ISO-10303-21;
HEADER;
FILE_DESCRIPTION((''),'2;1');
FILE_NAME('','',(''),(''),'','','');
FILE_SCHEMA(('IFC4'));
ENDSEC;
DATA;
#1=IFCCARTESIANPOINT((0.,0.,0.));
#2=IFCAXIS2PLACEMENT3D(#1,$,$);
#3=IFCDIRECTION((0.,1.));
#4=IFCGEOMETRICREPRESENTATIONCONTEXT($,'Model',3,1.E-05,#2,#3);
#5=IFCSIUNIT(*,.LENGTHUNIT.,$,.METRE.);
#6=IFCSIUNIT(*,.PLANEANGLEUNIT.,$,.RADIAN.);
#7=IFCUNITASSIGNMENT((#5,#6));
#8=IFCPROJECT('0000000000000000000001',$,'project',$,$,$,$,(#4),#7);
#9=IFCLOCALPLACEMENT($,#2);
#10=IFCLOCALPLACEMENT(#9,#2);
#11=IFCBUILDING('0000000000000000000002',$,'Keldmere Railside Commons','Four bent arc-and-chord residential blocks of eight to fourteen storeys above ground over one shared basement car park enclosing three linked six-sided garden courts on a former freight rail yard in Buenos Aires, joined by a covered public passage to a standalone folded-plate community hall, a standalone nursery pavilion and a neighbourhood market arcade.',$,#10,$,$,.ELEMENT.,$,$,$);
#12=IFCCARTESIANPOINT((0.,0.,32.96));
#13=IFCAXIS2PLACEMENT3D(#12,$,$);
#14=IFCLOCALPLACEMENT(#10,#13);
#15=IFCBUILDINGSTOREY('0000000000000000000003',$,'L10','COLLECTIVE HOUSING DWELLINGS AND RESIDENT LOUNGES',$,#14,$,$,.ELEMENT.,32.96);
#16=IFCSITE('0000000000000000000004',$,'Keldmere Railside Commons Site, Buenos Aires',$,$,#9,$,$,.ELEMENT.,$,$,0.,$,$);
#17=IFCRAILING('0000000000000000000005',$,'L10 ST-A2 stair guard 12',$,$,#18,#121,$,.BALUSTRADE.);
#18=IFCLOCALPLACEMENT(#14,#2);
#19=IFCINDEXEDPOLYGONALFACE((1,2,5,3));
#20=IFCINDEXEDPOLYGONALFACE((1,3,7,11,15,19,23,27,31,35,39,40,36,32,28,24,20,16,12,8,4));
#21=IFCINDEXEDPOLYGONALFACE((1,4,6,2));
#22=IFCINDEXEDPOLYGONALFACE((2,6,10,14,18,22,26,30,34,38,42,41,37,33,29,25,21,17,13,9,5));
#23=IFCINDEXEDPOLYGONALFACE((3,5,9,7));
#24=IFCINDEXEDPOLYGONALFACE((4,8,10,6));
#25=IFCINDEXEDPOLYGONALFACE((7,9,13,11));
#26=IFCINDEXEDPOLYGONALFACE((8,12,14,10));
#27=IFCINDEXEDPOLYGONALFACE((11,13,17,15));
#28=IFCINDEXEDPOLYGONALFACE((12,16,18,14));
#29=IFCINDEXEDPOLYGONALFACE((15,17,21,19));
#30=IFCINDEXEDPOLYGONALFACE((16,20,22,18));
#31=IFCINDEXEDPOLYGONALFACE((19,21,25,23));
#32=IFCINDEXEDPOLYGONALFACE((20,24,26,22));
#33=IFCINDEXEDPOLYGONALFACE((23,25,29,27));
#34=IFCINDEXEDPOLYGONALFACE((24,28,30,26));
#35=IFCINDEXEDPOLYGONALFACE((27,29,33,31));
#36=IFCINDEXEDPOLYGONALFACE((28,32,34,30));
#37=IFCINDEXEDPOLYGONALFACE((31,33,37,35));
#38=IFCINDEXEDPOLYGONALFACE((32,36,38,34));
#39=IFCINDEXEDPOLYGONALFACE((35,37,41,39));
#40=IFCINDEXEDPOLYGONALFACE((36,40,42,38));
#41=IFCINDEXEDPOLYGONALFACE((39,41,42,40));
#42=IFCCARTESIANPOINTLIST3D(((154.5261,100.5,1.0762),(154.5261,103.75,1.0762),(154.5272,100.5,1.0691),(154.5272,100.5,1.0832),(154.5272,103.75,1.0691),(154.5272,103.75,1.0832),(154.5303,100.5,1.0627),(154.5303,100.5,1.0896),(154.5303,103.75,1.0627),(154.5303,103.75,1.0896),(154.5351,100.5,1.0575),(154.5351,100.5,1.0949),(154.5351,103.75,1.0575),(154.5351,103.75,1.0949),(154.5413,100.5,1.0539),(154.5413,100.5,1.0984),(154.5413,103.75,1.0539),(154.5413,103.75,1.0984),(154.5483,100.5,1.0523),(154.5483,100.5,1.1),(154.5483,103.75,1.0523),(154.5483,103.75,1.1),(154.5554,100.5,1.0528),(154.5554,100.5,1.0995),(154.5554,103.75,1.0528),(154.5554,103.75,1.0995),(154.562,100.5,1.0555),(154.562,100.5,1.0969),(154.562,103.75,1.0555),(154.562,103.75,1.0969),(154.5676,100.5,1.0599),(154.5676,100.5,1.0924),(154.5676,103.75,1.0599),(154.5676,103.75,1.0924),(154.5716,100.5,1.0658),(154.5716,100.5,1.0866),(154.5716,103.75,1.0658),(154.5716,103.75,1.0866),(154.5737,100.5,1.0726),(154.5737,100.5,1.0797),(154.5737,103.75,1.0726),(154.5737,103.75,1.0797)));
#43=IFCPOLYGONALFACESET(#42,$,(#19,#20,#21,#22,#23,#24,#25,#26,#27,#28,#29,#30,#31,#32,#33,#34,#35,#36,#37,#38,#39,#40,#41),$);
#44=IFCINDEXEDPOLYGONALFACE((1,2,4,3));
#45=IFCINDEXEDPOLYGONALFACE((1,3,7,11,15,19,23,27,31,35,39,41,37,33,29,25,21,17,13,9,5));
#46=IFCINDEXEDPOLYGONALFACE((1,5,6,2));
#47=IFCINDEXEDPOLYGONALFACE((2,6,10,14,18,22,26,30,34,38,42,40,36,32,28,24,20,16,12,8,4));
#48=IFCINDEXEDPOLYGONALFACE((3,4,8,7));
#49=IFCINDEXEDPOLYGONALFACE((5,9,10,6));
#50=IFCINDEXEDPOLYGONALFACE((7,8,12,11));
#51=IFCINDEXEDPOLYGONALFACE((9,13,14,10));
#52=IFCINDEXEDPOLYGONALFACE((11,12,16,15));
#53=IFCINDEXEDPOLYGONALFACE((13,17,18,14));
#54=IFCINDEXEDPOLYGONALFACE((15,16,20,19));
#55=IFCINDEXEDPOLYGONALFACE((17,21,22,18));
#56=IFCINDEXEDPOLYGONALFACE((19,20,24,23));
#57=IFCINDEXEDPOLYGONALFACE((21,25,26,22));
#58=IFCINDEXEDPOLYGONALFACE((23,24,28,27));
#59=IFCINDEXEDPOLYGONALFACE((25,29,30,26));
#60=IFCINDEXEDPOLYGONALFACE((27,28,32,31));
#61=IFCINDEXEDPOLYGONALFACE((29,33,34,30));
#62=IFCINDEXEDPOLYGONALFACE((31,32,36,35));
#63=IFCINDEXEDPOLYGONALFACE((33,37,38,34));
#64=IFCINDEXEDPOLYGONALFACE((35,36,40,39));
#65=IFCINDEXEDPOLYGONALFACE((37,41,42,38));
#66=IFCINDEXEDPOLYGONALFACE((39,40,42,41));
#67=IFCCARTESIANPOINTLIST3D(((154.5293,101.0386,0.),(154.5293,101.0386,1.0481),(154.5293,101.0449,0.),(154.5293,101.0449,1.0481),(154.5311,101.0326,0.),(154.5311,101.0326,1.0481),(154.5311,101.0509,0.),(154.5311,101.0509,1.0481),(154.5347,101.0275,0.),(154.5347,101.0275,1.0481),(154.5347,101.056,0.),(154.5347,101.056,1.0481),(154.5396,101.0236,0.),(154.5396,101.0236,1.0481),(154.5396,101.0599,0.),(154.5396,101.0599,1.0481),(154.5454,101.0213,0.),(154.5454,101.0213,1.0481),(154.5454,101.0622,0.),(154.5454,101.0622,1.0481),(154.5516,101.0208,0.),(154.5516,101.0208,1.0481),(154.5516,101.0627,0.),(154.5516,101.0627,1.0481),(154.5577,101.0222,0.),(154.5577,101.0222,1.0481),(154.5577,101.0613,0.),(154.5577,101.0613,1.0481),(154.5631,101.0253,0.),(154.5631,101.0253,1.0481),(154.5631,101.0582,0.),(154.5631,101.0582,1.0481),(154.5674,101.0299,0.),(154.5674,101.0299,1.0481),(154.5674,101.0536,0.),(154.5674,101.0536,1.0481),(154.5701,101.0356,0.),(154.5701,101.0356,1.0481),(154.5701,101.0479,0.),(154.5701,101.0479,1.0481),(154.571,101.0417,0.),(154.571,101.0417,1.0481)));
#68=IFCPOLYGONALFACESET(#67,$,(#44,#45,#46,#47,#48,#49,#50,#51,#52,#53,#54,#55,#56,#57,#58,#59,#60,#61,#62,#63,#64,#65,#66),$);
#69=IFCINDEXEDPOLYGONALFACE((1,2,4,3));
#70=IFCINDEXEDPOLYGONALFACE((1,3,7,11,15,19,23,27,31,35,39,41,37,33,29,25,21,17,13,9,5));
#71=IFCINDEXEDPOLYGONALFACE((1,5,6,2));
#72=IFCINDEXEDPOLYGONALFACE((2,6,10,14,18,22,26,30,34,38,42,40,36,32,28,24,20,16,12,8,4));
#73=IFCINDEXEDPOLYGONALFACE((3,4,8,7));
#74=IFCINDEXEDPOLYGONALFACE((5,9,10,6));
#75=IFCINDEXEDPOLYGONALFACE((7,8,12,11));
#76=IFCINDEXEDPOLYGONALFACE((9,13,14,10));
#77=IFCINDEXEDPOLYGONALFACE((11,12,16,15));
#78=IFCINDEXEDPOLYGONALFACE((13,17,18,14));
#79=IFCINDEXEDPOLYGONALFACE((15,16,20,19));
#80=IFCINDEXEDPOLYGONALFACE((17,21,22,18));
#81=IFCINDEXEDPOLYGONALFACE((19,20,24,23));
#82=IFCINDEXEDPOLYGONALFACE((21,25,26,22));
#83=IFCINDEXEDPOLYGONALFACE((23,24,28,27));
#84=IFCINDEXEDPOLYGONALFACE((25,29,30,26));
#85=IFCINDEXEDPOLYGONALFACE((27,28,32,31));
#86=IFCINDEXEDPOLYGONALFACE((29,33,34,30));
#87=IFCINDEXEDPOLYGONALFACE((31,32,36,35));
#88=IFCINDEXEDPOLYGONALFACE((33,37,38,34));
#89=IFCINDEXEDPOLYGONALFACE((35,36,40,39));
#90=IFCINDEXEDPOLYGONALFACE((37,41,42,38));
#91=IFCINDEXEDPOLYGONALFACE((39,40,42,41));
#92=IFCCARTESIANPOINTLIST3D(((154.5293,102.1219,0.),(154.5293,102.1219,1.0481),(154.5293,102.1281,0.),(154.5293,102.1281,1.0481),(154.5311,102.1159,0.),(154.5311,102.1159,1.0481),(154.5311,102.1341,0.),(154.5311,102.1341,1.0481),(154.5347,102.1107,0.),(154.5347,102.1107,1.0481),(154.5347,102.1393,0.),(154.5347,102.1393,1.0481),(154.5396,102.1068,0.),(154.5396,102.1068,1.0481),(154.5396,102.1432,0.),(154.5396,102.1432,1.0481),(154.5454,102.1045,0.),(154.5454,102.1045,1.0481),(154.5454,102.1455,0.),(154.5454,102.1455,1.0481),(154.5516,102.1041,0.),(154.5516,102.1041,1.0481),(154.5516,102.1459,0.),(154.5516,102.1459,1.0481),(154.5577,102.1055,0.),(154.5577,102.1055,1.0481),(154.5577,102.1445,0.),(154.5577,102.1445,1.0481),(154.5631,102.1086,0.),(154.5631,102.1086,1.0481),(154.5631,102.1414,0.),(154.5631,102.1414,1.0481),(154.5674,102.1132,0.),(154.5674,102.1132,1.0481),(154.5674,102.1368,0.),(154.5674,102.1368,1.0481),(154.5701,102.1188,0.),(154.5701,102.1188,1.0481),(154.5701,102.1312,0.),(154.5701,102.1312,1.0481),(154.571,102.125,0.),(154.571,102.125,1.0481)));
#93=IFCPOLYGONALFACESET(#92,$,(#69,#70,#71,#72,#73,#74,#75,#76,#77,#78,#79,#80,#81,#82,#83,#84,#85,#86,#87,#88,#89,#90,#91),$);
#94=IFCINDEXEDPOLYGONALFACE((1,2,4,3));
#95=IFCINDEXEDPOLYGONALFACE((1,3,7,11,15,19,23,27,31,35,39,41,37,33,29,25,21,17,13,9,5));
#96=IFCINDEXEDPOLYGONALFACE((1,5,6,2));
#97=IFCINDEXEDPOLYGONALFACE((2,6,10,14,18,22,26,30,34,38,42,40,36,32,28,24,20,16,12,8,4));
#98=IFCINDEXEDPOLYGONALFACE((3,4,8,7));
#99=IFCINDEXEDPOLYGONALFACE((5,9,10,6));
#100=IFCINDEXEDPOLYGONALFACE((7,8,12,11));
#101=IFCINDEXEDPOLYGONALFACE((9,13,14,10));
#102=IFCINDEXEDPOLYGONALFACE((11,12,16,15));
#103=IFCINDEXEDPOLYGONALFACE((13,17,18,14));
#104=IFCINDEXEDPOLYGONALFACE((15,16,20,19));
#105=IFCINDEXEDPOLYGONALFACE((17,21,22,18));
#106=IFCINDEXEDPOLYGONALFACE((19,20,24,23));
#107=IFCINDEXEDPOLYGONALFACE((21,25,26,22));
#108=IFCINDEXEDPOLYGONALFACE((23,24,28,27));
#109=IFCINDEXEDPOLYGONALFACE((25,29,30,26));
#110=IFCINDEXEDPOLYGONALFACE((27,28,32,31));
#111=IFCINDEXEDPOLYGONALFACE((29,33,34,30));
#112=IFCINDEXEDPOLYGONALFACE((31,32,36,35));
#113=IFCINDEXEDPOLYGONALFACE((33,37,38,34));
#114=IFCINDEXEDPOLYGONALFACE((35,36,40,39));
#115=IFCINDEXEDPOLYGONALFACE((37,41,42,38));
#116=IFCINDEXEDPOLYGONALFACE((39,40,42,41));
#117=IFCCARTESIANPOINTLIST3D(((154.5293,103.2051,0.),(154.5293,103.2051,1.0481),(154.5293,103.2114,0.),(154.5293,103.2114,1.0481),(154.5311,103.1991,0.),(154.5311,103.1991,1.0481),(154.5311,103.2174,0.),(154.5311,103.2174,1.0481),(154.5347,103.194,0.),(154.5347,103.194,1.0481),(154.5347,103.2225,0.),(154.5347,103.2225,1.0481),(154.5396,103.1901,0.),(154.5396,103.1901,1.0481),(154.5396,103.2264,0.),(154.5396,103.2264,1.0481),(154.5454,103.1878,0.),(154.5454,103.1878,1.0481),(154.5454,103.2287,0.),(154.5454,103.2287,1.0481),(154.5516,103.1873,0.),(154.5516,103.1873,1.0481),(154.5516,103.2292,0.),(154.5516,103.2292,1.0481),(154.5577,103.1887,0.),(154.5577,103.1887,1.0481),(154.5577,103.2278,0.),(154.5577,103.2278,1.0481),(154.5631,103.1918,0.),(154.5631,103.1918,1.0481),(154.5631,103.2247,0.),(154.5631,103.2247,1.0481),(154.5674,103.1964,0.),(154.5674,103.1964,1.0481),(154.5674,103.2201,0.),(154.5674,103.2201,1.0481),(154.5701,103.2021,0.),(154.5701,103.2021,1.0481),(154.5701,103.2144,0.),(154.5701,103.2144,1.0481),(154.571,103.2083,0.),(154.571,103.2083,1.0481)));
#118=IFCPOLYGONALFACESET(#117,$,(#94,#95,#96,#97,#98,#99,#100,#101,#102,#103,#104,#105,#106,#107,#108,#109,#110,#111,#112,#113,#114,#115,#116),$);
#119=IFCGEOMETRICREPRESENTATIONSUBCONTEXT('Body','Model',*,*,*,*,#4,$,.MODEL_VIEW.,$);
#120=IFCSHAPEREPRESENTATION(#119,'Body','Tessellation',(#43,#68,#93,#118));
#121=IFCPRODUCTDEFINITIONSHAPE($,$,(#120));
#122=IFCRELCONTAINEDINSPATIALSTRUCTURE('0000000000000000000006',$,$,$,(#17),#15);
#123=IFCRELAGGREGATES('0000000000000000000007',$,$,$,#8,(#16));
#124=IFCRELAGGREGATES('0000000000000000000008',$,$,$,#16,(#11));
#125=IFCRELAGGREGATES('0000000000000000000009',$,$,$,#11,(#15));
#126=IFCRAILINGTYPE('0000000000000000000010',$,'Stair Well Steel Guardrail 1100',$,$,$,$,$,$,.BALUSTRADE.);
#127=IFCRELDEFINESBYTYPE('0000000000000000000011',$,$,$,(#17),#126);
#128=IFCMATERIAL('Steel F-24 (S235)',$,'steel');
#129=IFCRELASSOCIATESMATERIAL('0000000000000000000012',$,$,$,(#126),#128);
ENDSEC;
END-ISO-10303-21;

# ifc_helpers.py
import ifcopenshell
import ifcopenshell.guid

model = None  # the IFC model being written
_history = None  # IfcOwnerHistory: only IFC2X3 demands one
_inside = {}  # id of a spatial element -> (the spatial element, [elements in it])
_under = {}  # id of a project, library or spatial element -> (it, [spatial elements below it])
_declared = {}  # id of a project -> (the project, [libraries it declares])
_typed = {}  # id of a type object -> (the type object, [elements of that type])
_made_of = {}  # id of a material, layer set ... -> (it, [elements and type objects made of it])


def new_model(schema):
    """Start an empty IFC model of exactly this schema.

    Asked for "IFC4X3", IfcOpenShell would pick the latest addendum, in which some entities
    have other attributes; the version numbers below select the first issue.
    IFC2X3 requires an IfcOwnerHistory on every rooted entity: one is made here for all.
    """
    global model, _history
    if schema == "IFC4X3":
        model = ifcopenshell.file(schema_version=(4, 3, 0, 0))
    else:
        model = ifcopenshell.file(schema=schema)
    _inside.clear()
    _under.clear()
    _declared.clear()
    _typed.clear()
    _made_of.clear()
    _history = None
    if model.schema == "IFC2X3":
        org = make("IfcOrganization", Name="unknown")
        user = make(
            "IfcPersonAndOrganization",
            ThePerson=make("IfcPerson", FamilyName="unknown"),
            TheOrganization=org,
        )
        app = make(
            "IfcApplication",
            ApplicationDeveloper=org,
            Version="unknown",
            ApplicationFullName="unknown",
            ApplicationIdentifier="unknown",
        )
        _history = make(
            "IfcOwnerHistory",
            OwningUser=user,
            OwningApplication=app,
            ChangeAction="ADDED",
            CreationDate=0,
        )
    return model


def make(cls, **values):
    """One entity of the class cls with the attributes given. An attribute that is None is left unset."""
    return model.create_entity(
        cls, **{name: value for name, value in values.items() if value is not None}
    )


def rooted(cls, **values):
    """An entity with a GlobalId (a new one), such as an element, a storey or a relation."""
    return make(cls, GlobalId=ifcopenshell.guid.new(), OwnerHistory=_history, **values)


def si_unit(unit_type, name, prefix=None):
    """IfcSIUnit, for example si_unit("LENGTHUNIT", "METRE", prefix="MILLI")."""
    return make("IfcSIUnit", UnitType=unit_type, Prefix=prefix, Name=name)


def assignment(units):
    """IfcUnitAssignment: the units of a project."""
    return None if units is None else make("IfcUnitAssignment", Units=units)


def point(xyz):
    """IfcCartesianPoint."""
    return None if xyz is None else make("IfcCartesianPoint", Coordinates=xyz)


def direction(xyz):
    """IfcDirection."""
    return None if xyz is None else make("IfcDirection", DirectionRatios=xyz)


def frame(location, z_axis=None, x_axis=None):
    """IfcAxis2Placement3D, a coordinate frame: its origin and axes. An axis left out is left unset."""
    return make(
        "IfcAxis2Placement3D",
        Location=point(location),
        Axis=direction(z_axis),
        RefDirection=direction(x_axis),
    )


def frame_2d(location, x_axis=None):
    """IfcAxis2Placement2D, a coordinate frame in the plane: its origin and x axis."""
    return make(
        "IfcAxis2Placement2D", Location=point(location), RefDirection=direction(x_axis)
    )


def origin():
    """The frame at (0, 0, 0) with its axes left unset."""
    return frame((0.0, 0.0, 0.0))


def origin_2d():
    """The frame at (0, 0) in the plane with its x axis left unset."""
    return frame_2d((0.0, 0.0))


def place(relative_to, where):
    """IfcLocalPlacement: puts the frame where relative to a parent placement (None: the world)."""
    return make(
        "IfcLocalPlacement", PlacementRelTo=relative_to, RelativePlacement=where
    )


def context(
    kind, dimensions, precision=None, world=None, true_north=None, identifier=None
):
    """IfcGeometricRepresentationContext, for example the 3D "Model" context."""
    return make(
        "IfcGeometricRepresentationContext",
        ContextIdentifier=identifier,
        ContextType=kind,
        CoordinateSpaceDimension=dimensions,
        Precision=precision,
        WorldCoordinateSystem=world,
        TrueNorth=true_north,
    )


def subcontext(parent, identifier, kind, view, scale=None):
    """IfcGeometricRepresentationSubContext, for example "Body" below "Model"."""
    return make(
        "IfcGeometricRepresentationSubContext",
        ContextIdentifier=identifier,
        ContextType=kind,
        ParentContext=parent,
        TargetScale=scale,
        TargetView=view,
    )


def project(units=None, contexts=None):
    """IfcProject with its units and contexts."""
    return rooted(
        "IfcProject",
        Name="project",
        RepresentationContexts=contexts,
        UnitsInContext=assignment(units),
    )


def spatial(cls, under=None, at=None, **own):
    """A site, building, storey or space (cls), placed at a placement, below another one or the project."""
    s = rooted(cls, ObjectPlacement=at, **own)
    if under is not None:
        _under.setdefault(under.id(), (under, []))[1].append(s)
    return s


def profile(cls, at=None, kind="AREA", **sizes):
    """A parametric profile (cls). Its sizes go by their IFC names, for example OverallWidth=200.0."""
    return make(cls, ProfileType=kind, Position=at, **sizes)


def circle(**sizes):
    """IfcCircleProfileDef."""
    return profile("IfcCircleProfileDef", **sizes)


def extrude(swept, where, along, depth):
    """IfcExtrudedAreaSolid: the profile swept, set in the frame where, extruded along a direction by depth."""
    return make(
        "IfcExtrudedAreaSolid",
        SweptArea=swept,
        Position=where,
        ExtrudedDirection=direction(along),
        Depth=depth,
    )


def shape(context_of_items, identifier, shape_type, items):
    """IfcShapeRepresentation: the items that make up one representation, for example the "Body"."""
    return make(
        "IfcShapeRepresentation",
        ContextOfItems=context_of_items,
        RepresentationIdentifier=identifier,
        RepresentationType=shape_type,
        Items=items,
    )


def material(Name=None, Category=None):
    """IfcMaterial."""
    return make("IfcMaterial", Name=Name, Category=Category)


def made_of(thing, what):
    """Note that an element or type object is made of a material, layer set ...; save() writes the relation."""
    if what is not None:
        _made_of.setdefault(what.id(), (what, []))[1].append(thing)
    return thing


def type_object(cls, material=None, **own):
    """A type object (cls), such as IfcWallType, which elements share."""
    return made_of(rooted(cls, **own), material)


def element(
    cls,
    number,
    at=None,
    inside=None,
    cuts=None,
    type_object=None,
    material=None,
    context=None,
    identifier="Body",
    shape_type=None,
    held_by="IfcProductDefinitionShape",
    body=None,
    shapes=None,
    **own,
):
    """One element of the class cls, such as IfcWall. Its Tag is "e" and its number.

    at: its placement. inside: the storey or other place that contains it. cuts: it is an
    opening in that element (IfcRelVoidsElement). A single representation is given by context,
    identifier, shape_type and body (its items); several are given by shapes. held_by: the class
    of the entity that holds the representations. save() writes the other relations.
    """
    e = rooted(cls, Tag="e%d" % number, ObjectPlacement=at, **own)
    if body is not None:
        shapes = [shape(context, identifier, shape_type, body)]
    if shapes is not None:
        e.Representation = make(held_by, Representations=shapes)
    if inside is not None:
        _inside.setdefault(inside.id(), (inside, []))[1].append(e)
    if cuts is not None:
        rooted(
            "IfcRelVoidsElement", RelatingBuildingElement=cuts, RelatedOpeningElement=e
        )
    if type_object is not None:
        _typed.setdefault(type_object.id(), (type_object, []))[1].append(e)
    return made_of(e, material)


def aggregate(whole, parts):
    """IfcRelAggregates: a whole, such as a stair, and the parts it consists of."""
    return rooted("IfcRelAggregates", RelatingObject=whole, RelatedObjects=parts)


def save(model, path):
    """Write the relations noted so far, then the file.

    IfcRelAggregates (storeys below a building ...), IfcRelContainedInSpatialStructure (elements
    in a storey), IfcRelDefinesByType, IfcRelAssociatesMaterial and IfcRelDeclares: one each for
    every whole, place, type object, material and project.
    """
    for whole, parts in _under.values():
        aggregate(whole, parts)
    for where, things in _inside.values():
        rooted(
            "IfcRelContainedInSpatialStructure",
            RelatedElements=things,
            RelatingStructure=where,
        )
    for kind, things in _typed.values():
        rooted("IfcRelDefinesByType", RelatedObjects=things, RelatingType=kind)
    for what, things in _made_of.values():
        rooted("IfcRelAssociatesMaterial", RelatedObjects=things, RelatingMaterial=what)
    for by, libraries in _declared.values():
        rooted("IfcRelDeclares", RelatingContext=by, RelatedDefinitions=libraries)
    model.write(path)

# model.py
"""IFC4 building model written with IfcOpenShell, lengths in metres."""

from ifc_helpers import new_model, si_unit, direction, frame, origin, origin_2d, place, context, subcontext, project, spatial, circle, extrude, material, type_object, element, save


model = new_model("IFC4")

# Units and contexts
model_context = context("Model", 3, precision=1e-05, world=origin(), true_north=direction((0.0, 1.0)))
body_context = subcontext(model_context, "Body", "Model", "MODEL_VIEW")
ifc_project = project(units=[si_unit("LENGTHUNIT", "METRE"), si_unit("PLANEANGLEUNIT", "RADIAN")], contexts=[model_context])

# Site, building, storey
site_placement = place(None, origin())
site = spatial("IfcSite", under=ifc_project, at=site_placement, Name="Keldmere Railside Commons Site, Buenos Aires", CompositionType="ELEMENT", RefElevation=0.0)
building_placement = place(site_placement, origin())
building = spatial("IfcBuilding", under=site, at=building_placement, Name="Keldmere Railside Commons", Description="Four bent arc-and-chord residential blocks of eight to fourteen storeys above ground over one shared basement car park enclosing three linked six-sided garden courts on a former freight rail yard in Buenos Aires, joined by a covered public passage to a standalone folded-plate community hall, a standalone nursery pavilion and a neighbourhood market arcade.", CompositionType="ELEMENT")
storey_placement = place(building_placement, frame((0.0, 0.0, 32.96)))
storey = spatial("IfcBuildingStorey", under=building, at=storey_placement, Name="L10", Description="COLLECTIVE HOUSING DWELLINGS AND RESIDENT LOUNGES", CompositionType="ELEMENT", Elevation=32.96)

# Railing
ifc_material_1 = material(Name="Steel F-24 (S235)", Category="steel")
railing_type = type_object("IfcRailingType", Name="Stair Well Steel Guardrail 1100", PredefinedType="BALUSTRADE", material=ifc_material_1)
railing_1_placement = place(storey_placement, frame((154.55, 100.5, 0.0)))
element("IfcRailing", 1, at=railing_1_placement, inside=storey, type_object=railing_type, Name="L10 ST-A2 stair guard 12", PredefinedType="BALUSTRADE", context=body_context, shape_type="SweptSolid", body=[
    extrude(circle(Radius=0.0239, at=origin_2d()), frame((0.0, 0.0, 1.0762), z_axis=(0.0, 1.0, 0.0), x_axis=(-1.0, 0.0, 0.0)), (0.0, 0.0, 1.0), 3.25),
    extrude(circle(Radius=0.021, at=origin_2d()), frame((0.0, 0.5417, 0.0)), (0.0, 0.0, 1.0), 1.0481),
    extrude(circle(Radius=0.021, at=origin_2d()), frame((0.0, 1.625, 0.0)), (0.0, 0.0, 1.0), 1.0481),
    extrude(circle(Radius=0.021, at=origin_2d()), frame((0.0, 2.7083, 0.0)), (0.0, 0.0, 1.0), 1.0481),
])

save(model, "model.ifc")
